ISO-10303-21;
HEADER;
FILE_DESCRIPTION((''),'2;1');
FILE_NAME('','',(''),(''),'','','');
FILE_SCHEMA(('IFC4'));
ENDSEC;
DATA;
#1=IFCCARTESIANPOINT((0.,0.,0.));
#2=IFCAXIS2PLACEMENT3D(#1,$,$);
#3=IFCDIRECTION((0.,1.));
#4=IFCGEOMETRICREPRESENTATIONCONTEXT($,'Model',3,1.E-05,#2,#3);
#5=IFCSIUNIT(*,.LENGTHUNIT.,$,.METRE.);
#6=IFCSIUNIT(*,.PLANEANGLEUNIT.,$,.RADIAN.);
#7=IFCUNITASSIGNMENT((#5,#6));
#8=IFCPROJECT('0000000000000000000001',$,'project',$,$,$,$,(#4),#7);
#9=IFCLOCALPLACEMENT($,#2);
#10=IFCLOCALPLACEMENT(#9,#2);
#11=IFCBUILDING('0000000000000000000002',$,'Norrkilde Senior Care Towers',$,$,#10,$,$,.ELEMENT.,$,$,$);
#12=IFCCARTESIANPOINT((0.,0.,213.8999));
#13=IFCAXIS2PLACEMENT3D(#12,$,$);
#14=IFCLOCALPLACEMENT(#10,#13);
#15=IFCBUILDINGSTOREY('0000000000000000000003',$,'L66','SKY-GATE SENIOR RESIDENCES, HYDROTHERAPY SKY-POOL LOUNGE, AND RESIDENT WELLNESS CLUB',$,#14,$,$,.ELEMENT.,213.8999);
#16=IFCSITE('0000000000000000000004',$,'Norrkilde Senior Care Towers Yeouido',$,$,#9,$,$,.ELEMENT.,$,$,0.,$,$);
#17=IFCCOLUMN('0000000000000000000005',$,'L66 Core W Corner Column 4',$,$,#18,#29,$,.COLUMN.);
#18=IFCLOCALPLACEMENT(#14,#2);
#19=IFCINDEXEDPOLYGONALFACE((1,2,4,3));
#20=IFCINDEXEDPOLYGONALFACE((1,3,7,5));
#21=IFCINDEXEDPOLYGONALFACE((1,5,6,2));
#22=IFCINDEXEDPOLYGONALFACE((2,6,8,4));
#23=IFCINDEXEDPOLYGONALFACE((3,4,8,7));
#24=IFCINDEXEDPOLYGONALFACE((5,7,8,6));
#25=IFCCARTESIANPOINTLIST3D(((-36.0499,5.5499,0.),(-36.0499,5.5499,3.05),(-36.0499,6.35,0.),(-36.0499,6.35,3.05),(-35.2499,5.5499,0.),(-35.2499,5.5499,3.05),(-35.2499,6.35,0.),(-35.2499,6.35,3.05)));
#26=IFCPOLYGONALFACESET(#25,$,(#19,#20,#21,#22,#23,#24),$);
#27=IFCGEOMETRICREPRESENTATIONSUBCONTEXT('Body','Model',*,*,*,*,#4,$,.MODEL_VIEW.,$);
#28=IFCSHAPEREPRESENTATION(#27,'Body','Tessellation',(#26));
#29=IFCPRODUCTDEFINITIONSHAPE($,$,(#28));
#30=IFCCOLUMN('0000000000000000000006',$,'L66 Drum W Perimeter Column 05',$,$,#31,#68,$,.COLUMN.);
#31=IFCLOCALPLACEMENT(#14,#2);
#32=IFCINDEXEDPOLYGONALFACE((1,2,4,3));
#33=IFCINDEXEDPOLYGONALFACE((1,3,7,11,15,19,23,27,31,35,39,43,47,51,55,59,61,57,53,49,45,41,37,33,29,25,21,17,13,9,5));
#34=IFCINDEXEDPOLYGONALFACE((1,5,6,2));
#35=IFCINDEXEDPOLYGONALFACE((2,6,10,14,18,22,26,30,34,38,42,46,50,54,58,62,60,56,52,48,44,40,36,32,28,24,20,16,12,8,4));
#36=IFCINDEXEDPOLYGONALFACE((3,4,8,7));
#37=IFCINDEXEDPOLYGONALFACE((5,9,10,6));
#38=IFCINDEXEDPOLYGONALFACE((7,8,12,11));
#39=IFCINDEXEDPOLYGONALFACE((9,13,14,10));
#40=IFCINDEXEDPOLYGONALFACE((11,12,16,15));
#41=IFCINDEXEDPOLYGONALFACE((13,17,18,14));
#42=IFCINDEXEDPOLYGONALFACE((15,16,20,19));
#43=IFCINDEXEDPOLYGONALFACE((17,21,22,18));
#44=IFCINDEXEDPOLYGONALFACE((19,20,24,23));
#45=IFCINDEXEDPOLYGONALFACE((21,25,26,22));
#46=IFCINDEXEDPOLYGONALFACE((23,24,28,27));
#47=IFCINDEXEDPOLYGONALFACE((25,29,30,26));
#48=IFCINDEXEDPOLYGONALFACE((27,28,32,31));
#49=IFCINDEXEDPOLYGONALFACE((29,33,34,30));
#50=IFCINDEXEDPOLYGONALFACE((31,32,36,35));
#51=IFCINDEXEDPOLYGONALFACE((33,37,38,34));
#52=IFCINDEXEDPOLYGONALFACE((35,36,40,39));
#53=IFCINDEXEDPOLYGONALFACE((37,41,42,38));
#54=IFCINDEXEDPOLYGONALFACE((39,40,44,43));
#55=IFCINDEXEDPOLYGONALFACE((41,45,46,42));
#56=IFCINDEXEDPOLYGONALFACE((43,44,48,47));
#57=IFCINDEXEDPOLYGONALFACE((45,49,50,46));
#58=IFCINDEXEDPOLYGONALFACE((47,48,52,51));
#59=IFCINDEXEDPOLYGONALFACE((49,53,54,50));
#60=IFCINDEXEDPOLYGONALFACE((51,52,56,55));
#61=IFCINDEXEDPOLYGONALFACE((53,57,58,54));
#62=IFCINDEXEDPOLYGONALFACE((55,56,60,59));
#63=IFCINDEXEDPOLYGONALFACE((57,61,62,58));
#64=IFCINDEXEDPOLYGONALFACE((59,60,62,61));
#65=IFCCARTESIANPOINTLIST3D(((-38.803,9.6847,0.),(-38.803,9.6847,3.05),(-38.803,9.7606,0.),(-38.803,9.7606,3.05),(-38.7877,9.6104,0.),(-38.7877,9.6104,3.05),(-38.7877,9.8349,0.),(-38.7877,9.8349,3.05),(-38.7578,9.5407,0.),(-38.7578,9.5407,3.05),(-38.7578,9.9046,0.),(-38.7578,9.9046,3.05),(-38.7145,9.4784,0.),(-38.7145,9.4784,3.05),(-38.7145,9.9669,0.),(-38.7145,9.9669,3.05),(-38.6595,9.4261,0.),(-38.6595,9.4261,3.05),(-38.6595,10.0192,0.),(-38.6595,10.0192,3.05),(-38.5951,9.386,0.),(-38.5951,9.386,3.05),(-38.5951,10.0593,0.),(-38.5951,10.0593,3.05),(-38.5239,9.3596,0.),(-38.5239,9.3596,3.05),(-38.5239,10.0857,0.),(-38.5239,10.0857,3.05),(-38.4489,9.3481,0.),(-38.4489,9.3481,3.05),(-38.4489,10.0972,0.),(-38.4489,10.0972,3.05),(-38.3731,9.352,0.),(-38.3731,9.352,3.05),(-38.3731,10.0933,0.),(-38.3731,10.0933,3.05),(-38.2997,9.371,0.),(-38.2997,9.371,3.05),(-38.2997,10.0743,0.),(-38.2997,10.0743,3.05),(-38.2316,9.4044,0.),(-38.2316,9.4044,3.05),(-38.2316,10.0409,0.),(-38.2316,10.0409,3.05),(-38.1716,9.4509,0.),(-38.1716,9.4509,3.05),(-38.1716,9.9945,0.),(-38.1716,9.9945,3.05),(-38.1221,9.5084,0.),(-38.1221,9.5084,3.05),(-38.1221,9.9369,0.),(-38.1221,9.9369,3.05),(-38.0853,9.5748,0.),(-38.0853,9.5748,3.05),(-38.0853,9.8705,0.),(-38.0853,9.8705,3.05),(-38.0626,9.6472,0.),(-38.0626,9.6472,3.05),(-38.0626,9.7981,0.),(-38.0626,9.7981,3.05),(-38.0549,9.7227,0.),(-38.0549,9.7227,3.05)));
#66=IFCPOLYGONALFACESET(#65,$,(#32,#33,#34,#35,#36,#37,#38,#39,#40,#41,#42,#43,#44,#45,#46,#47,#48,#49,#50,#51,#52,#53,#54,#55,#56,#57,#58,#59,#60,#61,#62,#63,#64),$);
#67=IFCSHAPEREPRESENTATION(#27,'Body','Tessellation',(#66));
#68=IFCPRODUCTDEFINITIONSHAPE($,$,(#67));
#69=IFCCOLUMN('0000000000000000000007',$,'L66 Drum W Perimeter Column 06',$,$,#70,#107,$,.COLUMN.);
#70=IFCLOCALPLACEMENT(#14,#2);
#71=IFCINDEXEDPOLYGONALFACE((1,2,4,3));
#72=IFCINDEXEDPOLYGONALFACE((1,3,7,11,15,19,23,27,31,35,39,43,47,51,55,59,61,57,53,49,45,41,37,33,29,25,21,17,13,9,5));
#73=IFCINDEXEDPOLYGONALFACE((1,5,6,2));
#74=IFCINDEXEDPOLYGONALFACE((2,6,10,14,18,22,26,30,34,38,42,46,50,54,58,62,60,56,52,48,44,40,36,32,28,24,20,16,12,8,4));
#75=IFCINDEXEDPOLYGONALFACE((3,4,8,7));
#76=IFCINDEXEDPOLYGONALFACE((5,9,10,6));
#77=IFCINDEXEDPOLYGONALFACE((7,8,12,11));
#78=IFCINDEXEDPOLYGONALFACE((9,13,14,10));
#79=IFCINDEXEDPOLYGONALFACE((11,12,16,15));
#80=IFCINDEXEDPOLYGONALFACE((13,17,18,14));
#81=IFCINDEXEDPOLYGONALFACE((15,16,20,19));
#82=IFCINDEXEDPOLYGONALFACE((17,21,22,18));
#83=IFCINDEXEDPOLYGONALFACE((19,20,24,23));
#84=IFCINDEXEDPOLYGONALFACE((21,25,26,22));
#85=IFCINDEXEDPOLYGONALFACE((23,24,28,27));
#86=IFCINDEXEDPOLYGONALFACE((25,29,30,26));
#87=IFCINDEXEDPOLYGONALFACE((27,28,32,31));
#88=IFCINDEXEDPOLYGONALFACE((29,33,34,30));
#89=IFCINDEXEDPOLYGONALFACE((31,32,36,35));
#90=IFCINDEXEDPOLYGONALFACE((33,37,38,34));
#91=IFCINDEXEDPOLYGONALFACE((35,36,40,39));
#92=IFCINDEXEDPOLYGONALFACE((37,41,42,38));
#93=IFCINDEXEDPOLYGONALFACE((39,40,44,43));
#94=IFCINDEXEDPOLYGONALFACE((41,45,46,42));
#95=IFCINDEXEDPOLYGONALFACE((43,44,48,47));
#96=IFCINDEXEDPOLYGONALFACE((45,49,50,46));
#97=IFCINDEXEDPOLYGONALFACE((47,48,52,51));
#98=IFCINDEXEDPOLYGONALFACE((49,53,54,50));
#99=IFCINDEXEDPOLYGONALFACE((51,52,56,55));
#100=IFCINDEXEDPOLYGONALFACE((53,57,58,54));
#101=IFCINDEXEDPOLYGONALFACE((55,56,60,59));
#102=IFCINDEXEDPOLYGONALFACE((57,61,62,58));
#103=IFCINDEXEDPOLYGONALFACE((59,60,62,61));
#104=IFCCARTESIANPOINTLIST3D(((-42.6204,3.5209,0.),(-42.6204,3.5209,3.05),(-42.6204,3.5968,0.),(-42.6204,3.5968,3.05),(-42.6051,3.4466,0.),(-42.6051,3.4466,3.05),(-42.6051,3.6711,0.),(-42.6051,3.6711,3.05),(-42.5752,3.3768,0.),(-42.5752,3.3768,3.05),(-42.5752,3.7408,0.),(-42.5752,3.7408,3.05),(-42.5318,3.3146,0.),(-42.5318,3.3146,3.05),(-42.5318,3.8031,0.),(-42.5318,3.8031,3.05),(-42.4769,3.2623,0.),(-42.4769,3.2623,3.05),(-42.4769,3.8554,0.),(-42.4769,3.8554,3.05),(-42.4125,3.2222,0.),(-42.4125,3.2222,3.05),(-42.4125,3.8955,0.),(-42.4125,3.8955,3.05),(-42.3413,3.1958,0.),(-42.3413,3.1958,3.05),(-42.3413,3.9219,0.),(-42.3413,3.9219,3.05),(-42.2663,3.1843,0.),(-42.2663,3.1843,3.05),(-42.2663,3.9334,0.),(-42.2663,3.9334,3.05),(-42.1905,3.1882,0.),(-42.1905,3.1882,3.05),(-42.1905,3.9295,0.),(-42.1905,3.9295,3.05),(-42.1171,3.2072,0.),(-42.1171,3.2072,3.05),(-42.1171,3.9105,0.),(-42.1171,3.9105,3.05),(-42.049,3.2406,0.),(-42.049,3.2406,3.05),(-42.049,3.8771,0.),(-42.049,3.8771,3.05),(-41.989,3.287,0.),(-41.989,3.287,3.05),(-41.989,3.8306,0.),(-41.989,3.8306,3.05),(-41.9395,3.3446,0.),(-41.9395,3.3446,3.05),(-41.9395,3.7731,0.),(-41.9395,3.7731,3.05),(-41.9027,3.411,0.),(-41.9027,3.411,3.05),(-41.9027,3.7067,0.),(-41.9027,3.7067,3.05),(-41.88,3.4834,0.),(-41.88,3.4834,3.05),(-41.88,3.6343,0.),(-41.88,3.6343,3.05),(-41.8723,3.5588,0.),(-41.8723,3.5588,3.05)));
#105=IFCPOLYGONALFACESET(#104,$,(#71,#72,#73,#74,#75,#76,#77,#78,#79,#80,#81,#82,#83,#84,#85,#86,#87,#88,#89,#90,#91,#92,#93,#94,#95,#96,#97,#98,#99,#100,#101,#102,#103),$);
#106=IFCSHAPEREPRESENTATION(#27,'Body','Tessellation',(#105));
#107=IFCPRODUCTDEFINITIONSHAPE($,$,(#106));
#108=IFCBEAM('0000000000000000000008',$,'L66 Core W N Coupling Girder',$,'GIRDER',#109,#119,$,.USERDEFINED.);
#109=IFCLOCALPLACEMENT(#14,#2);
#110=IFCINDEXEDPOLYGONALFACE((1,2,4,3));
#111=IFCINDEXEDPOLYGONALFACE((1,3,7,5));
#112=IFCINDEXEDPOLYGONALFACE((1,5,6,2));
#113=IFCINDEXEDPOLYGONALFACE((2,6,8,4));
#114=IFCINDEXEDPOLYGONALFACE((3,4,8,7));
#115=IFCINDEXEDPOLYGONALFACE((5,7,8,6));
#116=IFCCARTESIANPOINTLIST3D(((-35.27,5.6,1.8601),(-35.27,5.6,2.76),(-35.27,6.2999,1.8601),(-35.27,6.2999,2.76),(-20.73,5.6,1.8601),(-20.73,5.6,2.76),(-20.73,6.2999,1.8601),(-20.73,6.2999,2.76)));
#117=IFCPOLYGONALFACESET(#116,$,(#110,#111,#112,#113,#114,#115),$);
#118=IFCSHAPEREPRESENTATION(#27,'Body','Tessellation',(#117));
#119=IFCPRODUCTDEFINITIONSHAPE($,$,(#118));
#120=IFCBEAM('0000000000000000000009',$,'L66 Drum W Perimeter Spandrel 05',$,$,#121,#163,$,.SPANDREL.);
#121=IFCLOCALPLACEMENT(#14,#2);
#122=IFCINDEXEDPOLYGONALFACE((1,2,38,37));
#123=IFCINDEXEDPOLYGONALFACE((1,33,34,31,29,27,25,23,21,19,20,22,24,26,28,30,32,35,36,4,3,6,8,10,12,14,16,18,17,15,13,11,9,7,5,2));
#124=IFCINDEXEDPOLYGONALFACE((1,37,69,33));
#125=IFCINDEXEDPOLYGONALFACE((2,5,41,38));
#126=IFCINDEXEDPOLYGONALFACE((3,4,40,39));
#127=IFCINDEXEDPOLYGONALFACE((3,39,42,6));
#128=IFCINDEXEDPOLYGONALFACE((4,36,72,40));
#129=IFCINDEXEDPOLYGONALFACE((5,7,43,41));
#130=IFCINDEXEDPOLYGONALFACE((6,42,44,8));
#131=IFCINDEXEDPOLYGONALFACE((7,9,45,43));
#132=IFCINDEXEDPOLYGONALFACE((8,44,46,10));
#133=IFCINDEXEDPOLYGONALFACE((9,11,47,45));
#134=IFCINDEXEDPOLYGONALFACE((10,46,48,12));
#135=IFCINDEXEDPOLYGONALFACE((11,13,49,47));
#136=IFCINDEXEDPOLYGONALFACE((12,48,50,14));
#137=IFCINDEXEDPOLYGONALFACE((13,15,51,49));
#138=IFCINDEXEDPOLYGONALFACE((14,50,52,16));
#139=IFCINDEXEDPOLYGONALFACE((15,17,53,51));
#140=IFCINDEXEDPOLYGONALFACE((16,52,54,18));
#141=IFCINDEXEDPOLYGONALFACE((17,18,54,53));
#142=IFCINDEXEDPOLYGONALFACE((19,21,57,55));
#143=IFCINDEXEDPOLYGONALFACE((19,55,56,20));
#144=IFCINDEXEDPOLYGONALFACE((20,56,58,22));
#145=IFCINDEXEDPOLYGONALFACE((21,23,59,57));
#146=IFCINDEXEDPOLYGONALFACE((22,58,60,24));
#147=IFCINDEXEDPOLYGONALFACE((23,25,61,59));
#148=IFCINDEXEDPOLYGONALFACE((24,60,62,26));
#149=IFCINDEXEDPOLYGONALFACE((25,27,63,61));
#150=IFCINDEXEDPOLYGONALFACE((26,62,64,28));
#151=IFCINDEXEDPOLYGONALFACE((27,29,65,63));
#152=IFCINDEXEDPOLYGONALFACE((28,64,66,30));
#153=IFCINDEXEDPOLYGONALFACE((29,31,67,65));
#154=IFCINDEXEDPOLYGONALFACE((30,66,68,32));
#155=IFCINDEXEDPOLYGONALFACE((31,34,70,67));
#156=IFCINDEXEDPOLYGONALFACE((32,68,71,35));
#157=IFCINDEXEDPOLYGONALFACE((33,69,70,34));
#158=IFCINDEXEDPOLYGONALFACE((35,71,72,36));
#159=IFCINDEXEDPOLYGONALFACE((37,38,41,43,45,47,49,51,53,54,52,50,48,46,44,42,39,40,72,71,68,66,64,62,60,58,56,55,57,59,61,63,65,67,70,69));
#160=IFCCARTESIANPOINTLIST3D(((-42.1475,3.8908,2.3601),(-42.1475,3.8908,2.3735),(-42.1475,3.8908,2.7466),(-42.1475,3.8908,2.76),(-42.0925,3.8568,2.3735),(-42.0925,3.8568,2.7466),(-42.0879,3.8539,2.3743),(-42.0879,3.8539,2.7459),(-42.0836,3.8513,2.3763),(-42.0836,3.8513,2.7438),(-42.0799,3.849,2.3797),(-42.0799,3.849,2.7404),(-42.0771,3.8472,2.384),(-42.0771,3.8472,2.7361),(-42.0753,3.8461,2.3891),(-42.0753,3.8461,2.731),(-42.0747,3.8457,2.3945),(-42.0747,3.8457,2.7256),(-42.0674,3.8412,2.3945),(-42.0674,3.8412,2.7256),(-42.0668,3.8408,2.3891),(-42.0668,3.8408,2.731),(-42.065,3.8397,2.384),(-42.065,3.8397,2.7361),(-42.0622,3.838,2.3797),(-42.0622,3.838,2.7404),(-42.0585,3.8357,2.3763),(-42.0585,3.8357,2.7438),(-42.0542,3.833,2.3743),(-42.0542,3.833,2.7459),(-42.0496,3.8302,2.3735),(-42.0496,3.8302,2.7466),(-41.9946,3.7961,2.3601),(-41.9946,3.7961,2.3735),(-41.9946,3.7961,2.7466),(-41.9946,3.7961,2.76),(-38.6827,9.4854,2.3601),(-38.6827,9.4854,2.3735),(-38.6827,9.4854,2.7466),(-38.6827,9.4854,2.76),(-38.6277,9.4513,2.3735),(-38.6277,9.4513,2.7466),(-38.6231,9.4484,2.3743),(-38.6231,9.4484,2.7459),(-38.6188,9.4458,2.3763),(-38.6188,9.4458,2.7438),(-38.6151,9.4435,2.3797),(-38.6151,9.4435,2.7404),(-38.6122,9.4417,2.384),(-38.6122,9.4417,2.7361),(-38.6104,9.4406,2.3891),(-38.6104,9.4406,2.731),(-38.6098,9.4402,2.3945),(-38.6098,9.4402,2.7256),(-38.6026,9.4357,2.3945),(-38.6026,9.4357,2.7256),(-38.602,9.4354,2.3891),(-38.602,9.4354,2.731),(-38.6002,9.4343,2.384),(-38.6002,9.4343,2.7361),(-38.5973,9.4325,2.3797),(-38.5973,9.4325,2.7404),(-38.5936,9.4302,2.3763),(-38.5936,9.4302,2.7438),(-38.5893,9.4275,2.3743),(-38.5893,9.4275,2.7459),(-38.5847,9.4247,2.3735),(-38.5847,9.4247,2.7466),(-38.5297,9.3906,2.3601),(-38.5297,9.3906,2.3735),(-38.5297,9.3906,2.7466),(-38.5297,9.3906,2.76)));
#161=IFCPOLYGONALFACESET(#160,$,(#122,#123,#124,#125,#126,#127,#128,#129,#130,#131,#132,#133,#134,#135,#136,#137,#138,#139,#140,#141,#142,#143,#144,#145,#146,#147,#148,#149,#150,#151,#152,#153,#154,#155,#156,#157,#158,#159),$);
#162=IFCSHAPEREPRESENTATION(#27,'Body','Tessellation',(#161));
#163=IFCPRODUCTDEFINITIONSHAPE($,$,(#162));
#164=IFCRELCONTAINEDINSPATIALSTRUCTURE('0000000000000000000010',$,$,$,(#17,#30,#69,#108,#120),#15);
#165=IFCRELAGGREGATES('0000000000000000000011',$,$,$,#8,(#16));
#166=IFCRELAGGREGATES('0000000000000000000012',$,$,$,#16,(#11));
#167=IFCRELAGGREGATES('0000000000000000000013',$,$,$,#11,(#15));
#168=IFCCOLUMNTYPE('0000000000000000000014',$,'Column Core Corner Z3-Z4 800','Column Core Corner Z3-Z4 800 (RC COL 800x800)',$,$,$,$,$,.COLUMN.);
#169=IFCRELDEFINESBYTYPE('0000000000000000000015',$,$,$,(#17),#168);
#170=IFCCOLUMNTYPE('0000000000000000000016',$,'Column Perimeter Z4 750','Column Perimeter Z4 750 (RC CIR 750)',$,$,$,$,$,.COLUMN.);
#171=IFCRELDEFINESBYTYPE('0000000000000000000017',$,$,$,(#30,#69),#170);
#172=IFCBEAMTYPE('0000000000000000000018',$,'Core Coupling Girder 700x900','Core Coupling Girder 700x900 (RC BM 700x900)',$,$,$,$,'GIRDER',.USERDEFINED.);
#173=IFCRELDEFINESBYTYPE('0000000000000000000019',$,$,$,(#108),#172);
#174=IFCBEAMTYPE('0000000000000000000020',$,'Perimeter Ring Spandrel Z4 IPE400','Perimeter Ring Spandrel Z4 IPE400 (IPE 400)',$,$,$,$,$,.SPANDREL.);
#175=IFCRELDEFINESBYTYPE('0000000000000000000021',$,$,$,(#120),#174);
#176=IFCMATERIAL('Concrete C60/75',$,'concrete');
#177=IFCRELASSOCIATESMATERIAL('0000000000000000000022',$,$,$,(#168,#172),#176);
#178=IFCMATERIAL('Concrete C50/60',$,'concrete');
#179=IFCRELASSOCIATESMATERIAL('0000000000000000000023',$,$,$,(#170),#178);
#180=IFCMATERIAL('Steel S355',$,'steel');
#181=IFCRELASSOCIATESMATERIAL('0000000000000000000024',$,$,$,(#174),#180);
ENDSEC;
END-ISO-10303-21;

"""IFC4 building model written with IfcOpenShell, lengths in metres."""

from ifc_helpers import new_model, si_unit, direction, frame, origin, origin_2d, place, context, subcontext, project, spatial, rectangle, circle, i_section, extrude, source, transform, mapped, material, material_profile, profile_set, type_object, type_shapes, element, save


model = new_model("IFC4")

# Units and contexts
model_context = context("Model", 3, precision=1e-05, world=origin(), true_north=direction((0.0, 1.0)))
body_context = subcontext(model_context, "Body", "Model", "MODEL_VIEW")
ifc_project = project(units=[si_unit("LENGTHUNIT", "METRE"), si_unit("PLANEANGLEUNIT", "RADIAN")], contexts=[model_context])

# Site, building, storey
site_placement = place(None, origin())
site = spatial("IfcSite", under=ifc_project, at=site_placement, Name="Norrkilde Senior Care Towers Yeouido", CompositionType="ELEMENT", RefElevation=0.0)
building_placement = place(site_placement, origin())
building = spatial("IfcBuilding", under=site, at=building_placement, Name="Norrkilde Senior Care Towers", CompositionType="ELEMENT")
storey_placement = place(building_placement, frame((0.0, 0.0, 213.8999)))
storey = spatial("IfcBuildingStorey", under=building, at=storey_placement, Name="L66", Description="SKY-GATE SENIOR RESIDENCES, HYDROTHERAPY SKY-POOL LOUNGE, AND RESIDENT WELLNESS CLUB", CompositionType="ELEMENT", Elevation=213.8999)

# Columns
ifc_material_1 = material(Name="Concrete C60/75", Category="concrete")
ifc_material_profile_1 = material_profile(ifc_material_1, rectangle(XDim=0.8, YDim=0.8, at=origin_2d()), Name="RC COL 800x800")
ifc_profile_set_1 = profile_set([ifc_material_profile_1], Name="Concrete C60/75")
column_type_1 = type_object("IfcColumnType", Name="Column Core Corner Z3-Z4 800", Description="Column Core Corner Z3-Z4 800 (RC COL 800x800)", PredefinedType="COLUMN", material=ifc_profile_set_1)
shared_shape_1 = source(origin(), body_context, "Body", "SweptSolid", [
    extrude(rectangle(XDim=0.8, YDim=0.8, at=origin_2d()), origin(), (0.0, 0.0, 1.0), 3.05),
])
type_shapes(column_type_1, [shared_shape_1])
column_placement = place(storey_placement, frame((-35.6499, 5.95, 0.0), z_axis=(0.0, 0.0, 1.0), x_axis=(1.0, 0.0, 0.0)))
element("IfcColumn", 1, at=column_placement, inside=storey, type_object=column_type_1, Name="L66 Core W Corner Column 4", PredefinedType="COLUMN", context=body_context, shape_type="MappedRepresentation", body=[
    mapped(shared_shape_1, transform((0.0, 0.0, 0.0), x_axis=(1.0, 0.0, 0.0), y_axis=(0.0, 1.0, 0.0), z_axis=(0.0, 0.0, 1.0), scale=1.0)),
])
ifc_material_2 = material(Name="Concrete C50/60", Category="concrete")
ifc_material_profile_2 = material_profile(ifc_material_2, circle(Radius=0.375, at=origin_2d()), Name="RC CIR 750")
ifc_profile_set_2 = profile_set([ifc_material_profile_2], Name="Concrete C50/60")
column_type_2 = type_object("IfcColumnType", Name="Column Perimeter Z4 750", Description="Column Perimeter Z4 750 (RC CIR 750)", PredefinedType="COLUMN", material=ifc_profile_set_2)
shared_shape_2 = source(origin(), body_context, "Body", "SweptSolid", [
    extrude(circle(Radius=0.375, at=origin_2d()), origin(), (0.0, 0.0, 1.0), 3.05),
])
type_shapes(column_type_2, [shared_shape_2])
for number, where, z_axis, x_axis, name in (
    (2, (-38.4299, 9.7227, 0.0), (0.0, 0.0, 1.0), (1.0, 0.0, 0.0), "L66 Drum W Perimeter Column 05"),
    (3, (-42.2473, 3.5588, 0.0), (0.0, 0.0, 1.0), (1.0, 0.0, 0.0), "L66 Drum W Perimeter Column 06"),
):
    element("IfcColumn", number, at=place(storey_placement, frame(where, z_axis=z_axis, x_axis=x_axis)), inside=storey, type_object=column_type_2, Name=name, PredefinedType="COLUMN", context=body_context, shape_type="MappedRepresentation", body=[
        mapped(shared_shape_2, transform((0.0, 0.0, 0.0), x_axis=(1.0, 0.0, 0.0), y_axis=(0.0, 1.0, 0.0), z_axis=(0.0, 0.0, 1.0), scale=1.0)),
    ])

# Beams
ifc_material_profile_3 = material_profile(ifc_material_1, rectangle(XDim=0.7, YDim=0.8999, at=origin_2d()), Name="RC BM 700x900")
ifc_profile_set_3 = profile_set([ifc_material_profile_3], Name="Concrete C60/75")
beam_type_1 = type_object("IfcBeamType", Name="Core Coupling Girder 700x900", Description="Core Coupling Girder 700x900 (RC BM 700x900)", ElementType="GIRDER", PredefinedType="USERDEFINED", material=ifc_profile_set_3)
shared_shape_3 = source(origin(), body_context, "Body", "SweptSolid", [
    extrude(rectangle(XDim=0.7, YDim=0.8999, at=origin_2d()), origin(), (0.0, 0.0, 1.0), 14.54),
])
type_shapes(beam_type_1, [shared_shape_3])
beam_1_placement = place(storey_placement, frame((-35.27, 5.95, 2.3101), z_axis=(1.0, 0.0, 0.0), x_axis=(0.0, 1.0, 0.0)))
element("IfcBeam", 4, at=beam_1_placement, inside=storey, type_object=beam_type_1, Name="L66 Core W N Coupling Girder", ObjectType="GIRDER", PredefinedType="USERDEFINED", context=body_context, shape_type="MappedRepresentation", body=[
    mapped(shared_shape_3, transform((0.0, 0.0, 0.0), x_axis=(1.0, 0.0, 0.0), y_axis=(0.0, 1.0, 0.0), z_axis=(0.0, 0.0, 1.0), scale=1.0)),
])
ifc_material_3 = material(Name="Steel S355", Category="steel")
ifc_material_profile_4 = material_profile(ifc_material_3, i_section(OverallWidth=0.1799, OverallDepth=0.3999, WebThickness=0.0085, FlangeThickness=0.0134, FilletRadius=0.021, at=origin_2d()), Name="IPE 400")
ifc_profile_set_4 = profile_set([ifc_material_profile_4], Name="Steel S355")
beam_type_2 = type_object("IfcBeamType", Name="Perimeter Ring Spandrel Z4 IPE400", Description="Perimeter Ring Spandrel Z4 IPE400 (IPE 400)", PredefinedType="SPANDREL", material=ifc_profile_set_4)
shared_shape_4 = source(origin(), body_context, "Body", "SweptSolid", [
    extrude(i_section(OverallWidth=0.1799, OverallDepth=0.3999, WebThickness=0.0085, FlangeThickness=0.0134, FilletRadius=0.021, at=origin_2d()), origin(), (0.0, 0.0, 1.0), 6.5806),
])
beam_2_placement = place(storey_placement, frame((-38.6062, 9.438, 2.5601), z_axis=(-0.52653, -0.850157, 0.0), x_axis=(0.850157, -0.52653, 0.0)))
element("IfcBeam", 5, at=beam_2_placement, inside=storey, type_object=beam_type_2, Name="L66 Drum W Perimeter Spandrel 05", PredefinedType="SPANDREL", context=body_context, shape_type="MappedRepresentation", body=[
    mapped(shared_shape_4, transform((0.0, 0.0, 0.0), x_axis=(1.0, 0.0, 0.0), y_axis=(0.0, 1.0, 0.0), z_axis=(0.0, 0.0, 1.0), scale=1.0)),
])

save(model, "model.ifc")
